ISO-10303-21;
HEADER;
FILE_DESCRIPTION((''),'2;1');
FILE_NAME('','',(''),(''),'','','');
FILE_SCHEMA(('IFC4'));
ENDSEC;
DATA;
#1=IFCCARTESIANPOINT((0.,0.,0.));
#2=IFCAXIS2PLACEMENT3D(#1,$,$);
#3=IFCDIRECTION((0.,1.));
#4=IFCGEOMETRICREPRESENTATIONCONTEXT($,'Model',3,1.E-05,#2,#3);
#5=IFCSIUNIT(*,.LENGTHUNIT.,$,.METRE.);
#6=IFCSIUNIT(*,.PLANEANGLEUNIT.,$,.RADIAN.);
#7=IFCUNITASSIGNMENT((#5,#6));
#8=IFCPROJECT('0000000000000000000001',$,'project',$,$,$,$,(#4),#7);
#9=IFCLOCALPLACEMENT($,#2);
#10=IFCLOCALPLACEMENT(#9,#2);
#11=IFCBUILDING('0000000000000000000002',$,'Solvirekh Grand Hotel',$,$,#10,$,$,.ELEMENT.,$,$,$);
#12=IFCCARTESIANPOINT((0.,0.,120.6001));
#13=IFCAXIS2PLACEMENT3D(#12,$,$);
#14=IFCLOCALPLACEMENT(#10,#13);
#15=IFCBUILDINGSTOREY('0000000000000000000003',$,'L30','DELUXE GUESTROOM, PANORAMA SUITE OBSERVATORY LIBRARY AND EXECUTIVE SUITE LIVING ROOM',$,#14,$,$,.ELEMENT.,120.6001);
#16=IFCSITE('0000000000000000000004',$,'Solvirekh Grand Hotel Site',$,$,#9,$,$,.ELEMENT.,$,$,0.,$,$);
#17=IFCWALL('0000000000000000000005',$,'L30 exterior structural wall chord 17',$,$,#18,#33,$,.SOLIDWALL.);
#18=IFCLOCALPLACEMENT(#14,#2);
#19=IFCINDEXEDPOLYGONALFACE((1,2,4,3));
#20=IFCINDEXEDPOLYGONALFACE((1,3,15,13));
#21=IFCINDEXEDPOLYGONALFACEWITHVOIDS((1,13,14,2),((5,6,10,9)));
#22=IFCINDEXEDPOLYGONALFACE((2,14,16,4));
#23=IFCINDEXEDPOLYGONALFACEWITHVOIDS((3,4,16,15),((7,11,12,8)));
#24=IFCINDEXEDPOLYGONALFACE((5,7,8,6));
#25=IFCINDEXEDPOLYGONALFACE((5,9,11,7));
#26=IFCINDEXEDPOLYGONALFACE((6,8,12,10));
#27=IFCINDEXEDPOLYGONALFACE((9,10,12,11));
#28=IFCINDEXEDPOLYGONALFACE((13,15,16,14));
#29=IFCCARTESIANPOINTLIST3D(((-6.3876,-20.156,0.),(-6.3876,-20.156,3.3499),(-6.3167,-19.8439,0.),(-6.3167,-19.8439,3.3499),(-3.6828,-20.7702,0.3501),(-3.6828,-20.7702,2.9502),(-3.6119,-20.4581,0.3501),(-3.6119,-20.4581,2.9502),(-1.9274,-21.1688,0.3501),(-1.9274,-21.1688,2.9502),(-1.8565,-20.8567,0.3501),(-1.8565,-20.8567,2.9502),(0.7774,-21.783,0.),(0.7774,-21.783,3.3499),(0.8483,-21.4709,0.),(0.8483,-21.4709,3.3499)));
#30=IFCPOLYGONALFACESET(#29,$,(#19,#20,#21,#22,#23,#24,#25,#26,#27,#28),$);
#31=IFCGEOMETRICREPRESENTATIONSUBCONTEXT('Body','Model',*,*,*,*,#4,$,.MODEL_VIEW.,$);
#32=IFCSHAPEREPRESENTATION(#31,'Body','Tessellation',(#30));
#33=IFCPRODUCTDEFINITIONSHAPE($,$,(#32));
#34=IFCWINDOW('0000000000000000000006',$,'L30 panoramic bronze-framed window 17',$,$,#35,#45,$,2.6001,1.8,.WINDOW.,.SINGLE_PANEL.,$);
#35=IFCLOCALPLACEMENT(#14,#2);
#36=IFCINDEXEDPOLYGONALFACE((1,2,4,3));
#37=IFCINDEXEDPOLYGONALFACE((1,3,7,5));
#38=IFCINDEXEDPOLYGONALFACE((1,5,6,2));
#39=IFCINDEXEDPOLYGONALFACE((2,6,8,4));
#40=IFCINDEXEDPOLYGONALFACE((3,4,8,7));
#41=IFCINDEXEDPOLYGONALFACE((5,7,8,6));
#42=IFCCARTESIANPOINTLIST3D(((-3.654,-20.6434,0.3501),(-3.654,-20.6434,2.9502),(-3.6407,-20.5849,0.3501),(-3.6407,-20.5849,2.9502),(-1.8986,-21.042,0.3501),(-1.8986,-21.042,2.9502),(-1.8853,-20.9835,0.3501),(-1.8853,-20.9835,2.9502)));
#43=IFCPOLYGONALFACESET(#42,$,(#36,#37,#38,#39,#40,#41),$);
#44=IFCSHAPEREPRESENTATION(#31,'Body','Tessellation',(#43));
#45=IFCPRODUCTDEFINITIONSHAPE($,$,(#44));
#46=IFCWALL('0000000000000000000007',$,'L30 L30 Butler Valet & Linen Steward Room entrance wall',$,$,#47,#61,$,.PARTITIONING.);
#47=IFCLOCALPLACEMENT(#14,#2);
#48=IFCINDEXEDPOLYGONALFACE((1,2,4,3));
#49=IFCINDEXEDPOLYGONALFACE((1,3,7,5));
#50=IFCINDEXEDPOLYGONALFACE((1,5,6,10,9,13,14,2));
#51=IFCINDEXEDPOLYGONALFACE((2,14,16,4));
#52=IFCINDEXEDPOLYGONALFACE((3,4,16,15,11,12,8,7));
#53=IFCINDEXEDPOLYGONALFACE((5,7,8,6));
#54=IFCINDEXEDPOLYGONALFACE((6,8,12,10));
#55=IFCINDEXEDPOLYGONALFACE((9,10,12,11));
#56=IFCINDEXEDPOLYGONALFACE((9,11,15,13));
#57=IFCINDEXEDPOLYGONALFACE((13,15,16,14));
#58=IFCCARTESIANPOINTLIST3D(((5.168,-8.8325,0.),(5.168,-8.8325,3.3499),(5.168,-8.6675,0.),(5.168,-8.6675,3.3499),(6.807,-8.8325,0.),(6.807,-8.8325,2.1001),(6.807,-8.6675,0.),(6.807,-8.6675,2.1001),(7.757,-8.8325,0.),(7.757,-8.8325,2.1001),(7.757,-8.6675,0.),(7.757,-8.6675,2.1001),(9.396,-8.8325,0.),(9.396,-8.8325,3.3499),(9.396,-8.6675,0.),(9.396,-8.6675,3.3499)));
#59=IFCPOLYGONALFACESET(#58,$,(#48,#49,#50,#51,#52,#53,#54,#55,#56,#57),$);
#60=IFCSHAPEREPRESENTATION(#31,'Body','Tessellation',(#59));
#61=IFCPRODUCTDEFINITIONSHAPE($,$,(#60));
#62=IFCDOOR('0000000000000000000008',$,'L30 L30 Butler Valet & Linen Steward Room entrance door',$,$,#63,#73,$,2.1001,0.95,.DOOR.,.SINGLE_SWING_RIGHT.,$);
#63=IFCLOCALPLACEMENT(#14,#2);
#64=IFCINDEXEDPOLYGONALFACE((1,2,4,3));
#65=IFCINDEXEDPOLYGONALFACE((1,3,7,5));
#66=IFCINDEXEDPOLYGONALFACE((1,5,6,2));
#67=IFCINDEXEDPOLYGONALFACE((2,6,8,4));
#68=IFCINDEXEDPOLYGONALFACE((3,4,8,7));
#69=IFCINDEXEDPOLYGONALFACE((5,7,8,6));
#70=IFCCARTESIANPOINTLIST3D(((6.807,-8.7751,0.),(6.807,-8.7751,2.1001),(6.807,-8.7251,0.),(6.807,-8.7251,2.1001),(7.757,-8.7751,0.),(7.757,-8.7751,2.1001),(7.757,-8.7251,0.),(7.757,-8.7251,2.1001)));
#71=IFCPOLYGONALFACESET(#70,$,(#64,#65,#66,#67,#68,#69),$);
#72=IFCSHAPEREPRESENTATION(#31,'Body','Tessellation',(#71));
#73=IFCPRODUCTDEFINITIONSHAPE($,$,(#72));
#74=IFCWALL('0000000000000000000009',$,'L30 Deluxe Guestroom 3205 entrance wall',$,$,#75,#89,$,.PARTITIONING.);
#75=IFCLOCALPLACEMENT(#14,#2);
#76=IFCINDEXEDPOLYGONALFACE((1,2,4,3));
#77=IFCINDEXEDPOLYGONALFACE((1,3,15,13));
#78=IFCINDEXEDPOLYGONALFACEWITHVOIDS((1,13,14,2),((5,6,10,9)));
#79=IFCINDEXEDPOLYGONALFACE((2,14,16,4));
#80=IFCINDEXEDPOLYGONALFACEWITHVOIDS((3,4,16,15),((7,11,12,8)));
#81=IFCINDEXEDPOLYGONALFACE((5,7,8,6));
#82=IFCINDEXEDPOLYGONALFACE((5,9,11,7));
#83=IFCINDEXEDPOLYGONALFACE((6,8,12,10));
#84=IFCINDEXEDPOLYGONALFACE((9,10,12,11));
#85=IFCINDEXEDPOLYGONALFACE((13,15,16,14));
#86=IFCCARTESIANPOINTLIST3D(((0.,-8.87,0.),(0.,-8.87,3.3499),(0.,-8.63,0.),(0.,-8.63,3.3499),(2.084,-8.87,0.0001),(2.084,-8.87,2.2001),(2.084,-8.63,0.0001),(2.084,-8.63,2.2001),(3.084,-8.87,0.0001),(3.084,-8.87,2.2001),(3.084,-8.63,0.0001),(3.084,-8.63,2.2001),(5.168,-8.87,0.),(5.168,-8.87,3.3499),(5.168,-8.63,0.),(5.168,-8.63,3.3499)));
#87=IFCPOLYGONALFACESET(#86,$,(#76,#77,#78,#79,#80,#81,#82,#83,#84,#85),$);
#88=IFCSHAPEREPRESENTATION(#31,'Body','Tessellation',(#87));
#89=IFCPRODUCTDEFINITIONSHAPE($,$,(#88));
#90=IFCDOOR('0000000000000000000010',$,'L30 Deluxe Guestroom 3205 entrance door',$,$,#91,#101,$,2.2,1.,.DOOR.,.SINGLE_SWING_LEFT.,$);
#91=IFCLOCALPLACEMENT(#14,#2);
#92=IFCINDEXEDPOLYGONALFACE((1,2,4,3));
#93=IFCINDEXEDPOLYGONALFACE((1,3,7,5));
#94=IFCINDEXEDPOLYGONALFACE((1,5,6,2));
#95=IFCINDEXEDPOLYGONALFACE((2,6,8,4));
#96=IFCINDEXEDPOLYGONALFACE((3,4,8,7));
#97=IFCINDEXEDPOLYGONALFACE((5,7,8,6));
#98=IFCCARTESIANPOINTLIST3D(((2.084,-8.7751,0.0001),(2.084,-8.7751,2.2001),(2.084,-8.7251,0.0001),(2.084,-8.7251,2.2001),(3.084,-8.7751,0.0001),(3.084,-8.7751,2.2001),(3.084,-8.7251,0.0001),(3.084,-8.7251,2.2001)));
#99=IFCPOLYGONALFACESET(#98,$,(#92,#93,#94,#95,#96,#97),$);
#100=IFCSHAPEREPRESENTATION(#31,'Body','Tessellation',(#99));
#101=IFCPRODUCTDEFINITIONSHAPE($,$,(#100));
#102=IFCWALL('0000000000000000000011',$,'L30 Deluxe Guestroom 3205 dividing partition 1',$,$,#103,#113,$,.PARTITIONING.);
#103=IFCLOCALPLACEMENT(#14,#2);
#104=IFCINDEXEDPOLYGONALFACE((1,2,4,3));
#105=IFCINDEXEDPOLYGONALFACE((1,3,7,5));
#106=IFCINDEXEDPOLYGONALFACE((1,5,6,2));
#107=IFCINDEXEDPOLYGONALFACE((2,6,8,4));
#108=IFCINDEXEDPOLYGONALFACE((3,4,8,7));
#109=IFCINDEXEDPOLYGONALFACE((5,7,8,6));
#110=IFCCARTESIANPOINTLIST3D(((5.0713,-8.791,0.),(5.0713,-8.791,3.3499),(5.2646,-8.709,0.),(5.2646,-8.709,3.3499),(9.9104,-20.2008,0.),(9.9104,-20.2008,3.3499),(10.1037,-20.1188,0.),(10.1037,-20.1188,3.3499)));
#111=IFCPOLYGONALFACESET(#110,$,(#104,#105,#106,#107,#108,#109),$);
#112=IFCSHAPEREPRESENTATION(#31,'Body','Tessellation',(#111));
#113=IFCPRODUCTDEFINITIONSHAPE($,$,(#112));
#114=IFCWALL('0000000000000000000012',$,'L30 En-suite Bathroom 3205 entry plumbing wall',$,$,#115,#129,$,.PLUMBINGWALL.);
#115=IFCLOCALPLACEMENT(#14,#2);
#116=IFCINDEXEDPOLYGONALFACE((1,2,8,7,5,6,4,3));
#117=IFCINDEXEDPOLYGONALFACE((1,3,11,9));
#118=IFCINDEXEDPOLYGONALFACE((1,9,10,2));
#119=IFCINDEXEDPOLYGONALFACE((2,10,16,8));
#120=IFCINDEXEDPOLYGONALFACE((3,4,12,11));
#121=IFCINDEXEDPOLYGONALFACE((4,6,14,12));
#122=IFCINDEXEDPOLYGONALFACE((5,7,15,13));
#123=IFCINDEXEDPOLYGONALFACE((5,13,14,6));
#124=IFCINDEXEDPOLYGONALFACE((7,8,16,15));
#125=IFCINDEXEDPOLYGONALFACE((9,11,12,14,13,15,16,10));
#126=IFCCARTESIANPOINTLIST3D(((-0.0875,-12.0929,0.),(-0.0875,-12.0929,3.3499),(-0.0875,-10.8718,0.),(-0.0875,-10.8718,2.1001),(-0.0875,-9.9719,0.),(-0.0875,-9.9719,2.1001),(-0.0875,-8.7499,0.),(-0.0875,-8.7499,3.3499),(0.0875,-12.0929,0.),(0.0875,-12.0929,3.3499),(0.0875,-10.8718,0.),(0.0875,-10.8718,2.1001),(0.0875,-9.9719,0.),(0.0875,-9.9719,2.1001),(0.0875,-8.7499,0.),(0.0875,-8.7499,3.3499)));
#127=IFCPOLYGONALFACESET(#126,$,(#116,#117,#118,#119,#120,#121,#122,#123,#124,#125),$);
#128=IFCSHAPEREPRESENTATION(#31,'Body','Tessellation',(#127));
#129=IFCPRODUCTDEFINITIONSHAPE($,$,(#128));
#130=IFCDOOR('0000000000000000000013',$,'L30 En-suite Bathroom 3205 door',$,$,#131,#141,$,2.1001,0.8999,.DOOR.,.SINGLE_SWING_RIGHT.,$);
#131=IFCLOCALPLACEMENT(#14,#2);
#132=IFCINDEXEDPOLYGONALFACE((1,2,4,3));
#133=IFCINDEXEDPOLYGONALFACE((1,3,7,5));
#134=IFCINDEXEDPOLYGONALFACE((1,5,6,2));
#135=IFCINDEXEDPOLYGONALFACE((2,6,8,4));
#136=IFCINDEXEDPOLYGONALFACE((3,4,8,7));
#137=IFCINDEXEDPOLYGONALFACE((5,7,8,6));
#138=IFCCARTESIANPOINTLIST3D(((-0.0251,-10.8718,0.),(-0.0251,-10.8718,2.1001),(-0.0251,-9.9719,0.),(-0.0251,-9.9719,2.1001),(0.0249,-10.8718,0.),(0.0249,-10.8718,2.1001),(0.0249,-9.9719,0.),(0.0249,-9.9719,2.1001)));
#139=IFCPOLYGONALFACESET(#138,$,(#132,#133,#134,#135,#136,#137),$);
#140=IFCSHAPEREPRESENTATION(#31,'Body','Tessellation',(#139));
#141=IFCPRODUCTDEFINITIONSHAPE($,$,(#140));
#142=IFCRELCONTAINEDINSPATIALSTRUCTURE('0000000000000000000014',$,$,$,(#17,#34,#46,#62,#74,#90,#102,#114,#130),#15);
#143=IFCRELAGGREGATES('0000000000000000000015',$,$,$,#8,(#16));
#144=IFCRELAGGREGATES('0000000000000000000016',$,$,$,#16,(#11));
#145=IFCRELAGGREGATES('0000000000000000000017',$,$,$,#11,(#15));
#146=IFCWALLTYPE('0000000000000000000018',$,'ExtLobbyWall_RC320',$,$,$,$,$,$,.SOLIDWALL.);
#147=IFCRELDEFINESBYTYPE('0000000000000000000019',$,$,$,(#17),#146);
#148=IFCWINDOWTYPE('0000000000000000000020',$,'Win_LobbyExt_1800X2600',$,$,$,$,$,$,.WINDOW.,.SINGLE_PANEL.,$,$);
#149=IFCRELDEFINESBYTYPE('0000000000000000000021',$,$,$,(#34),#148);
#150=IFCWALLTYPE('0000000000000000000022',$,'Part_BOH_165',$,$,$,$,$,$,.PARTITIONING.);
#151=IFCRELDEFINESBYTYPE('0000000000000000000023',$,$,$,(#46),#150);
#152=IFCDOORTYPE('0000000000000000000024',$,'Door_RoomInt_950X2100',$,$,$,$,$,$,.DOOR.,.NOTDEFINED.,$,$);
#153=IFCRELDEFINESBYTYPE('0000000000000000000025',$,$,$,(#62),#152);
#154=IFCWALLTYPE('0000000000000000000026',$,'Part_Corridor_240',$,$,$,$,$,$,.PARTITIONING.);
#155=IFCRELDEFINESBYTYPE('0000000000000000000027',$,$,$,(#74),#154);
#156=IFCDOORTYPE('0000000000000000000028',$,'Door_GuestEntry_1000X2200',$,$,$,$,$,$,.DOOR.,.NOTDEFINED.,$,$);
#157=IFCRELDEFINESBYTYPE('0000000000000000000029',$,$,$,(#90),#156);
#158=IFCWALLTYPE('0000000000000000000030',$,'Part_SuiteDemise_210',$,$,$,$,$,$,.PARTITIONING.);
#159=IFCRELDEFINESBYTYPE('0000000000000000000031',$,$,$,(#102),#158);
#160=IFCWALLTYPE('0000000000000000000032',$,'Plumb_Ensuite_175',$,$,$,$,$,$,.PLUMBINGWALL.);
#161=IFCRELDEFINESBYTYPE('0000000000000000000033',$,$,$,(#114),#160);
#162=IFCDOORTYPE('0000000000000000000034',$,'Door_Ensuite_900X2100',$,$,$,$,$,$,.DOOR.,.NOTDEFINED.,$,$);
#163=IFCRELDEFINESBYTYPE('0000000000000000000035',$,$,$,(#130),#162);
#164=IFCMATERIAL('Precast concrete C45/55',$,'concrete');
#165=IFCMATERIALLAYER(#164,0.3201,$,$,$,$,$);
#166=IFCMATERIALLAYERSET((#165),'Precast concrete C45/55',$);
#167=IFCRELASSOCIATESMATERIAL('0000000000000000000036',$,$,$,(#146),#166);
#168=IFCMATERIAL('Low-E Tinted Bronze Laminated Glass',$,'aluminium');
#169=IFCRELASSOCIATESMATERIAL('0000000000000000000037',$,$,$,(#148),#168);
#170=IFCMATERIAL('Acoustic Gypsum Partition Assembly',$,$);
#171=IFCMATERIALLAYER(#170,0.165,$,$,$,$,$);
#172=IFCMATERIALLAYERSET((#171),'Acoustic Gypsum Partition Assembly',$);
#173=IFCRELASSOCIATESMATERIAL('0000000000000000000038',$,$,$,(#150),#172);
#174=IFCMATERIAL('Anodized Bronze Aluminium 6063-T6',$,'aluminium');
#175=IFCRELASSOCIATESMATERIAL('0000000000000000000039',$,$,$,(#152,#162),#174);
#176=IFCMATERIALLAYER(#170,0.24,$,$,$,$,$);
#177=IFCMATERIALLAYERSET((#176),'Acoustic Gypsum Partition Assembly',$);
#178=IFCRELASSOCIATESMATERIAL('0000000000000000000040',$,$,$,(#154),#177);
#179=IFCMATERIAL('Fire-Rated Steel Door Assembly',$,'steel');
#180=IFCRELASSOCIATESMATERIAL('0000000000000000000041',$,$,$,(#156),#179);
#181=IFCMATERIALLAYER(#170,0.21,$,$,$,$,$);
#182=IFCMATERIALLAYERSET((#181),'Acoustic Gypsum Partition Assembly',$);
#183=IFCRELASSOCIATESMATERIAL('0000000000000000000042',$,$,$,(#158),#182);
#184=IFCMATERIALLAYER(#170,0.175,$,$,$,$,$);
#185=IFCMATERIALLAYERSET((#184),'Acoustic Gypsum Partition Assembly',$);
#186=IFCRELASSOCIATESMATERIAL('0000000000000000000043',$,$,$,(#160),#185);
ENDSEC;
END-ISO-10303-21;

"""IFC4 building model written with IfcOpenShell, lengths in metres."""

from ifc_helpers import new_model, si_unit, direction, frame, frame_2d, origin, place, context, subcontext, project, spatial, rectangle, extrude, material, layer, layer_set, type_object, element, fill, save


model = new_model("IFC4")

# Units and contexts
model_context = context("Model", 3, precision=1e-05, world=origin(), true_north=direction((0.0, 1.0)))
body_context = subcontext(model_context, "Body", "Model", "MODEL_VIEW")
ifc_project = project(units=[si_unit("LENGTHUNIT", "METRE"), si_unit("PLANEANGLEUNIT", "RADIAN")], contexts=[model_context])

# Site, building, storey
site_placement = place(None, origin())
site = spatial("IfcSite", under=ifc_project, at=site_placement, Name="Solvirekh Grand Hotel Site", CompositionType="ELEMENT", RefElevation=0.0)
building_placement = place(site_placement, origin())
building = spatial("IfcBuilding", under=site, at=building_placement, Name="Solvirekh Grand Hotel", CompositionType="ELEMENT")
storey_placement = place(building_placement, frame((0.0, 0.0, 120.6001)))
storey = spatial("IfcBuildingStorey", under=building, at=storey_placement, Name="L30", Description="DELUXE GUESTROOM, PANORAMA SUITE OBSERVATORY LIBRARY AND EXECUTIVE SUITE LIVING ROOM", CompositionType="ELEMENT", Elevation=120.6001)

# Shared definitions
ifc_material_1 = material(Name="Anodized Bronze Aluminium 6063-T6", Category="aluminium")
ifc_material_2 = material(Name="Low-E Tinted Bronze Laminated Glass", Category="aluminium")

# Wall, opening, window
ifc_material_3 = material(Name="Precast concrete C45/55", Category="concrete")
ifc_layer_1 = layer(ifc_material_3, 0.3201)
ifc_layer_set_1 = layer_set([ifc_layer_1], Name="Precast concrete C45/55")
wall_type_1 = type_object("IfcWallType", Name="ExtLobbyWall_RC320", PredefinedType="SOLIDWALL", material=ifc_layer_set_1)
wall_1_placement = place(storey_placement, frame((0.813, -21.627, 0.0), z_axis=(0.0, 0.0, 1.0), x_axis=(-0.975176, 0.221432, 0.0)))
wall_1 = element("IfcWall", 1, at=wall_1_placement, inside=storey, type_object=wall_type_1, Name="L30 exterior structural wall chord 17", PredefinedType="SOLIDWALL", context=body_context, shape_type="SweptSolid", body=[
    extrude(rectangle(XDim=7.3474, YDim=0.3201, at=frame_2d((3.6738, 0.0))), origin(), (0.0, 0.0, 1.0), 3.3499),
])
opening_1_placement = place(wall_1_placement, frame((2.7739, 0.0, 0.3501)))
opening_1 = element("IfcOpeningElement", 2, at=opening_1_placement, cuts=wall_1, PredefinedType="OPENING", context=body_context, shape_type="SweptSolid", body=[
    extrude(rectangle(XDim=1.8, YDim=2.6001, at=frame_2d((0.8999, 1.3))), frame((0.0, 0.1699, 0.0), z_axis=(0.0, -1.0, 0.0), x_axis=(1.0, 0.0, 0.0)), (0.0, 0.0, 1.0), 0.3401),
])
window_type = type_object("IfcWindowType", Name="Win_LobbyExt_1800X2600", PartitioningType="SINGLE_PANEL", PredefinedType="WINDOW", material=ifc_material_2)
window_placement = place(opening_1_placement, origin())
window = element("IfcWindow", 3, at=window_placement, inside=storey, type_object=window_type, Name="L30 panoramic bronze-framed window 17", OverallHeight=2.6001, OverallWidth=1.8, PartitioningType="SINGLE_PANEL", PredefinedType="WINDOW", context=body_context, shape_type="SweptSolid", body=[
    extrude(rectangle(XDim=1.8, YDim=2.6001, at=frame_2d((0.8999, 1.3))), frame((0.0, 0.03, 0.0), z_axis=(0.0, -1.0, 0.0), x_axis=(1.0, 0.0, 0.0)), (0.0, 0.0, 1.0), 0.0601),
])
fill(opening_1, window)

# Walls, openings, doors
ifc_material_4 = material(Name="Acoustic Gypsum Partition Assembly")
ifc_layer_2 = layer(ifc_material_4, 0.165)
ifc_layer_set_2 = layer_set([ifc_layer_2], Name="Acoustic Gypsum Partition Assembly")
wall_type_2 = type_object("IfcWallType", Name="Part_BOH_165", PredefinedType="PARTITIONING", material=ifc_layer_set_2)
wall_2_placement = place(storey_placement, frame((5.168, -8.75, 0.0), z_axis=(0.0, 0.0, 1.0), x_axis=(1.0, 0.0, 0.0)))
wall_2 = element("IfcWall", 4, at=wall_2_placement, inside=storey, type_object=wall_type_2, Name="L30 L30 Butler Valet & Linen Steward Room entrance wall", PredefinedType="PARTITIONING", context=body_context, shape_type="SweptSolid", body=[
    extrude(rectangle(XDim=4.228, YDim=0.165, at=frame_2d((2.114, 0.0))), origin(), (0.0, 0.0, 1.0), 3.3499),
])
opening_2_placement = place(wall_2_placement, frame((1.6389, 0.0, 0.0)))
opening_2 = element("IfcOpeningElement", 5, at=opening_2_placement, cuts=wall_2, PredefinedType="OPENING", context=body_context, shape_type="SweptSolid", body=[
    extrude(rectangle(XDim=0.95, YDim=2.1001, at=frame_2d((0.4751, 1.05))), frame((0.0, 0.0925, 0.0), z_axis=(0.0, -1.0, 0.0), x_axis=(1.0, 0.0, 0.0)), (0.0, 0.0, 1.0), 0.1851),
])
door_type_1 = type_object("IfcDoorType", Name="Door_RoomInt_950X2100", OperationType="NOTDEFINED", PredefinedType="DOOR", material=ifc_material_1)
door_1_placement = place(opening_2_placement, origin())
door_1 = element("IfcDoor", 6, at=door_1_placement, inside=storey, type_object=door_type_1, Name="L30 L30 Butler Valet & Linen Steward Room entrance door", OperationType="SINGLE_SWING_RIGHT", OverallHeight=2.1001, OverallWidth=0.95, PredefinedType="DOOR", context=body_context, shape_type="SweptSolid", body=[
    extrude(rectangle(XDim=0.95, YDim=2.1001, at=frame_2d((0.4751, 1.05))), frame((0.0, 0.0249, 0.0), z_axis=(0.0, -1.0, 0.0), x_axis=(1.0, 0.0, 0.0)), (0.0, 0.0, 1.0), 0.05),
])
fill(opening_2, door_1)
ifc_layer_3 = layer(ifc_material_4, 0.24)
ifc_layer_set_3 = layer_set([ifc_layer_3], Name="Acoustic Gypsum Partition Assembly")
wall_type_3 = type_object("IfcWallType", Name="Part_Corridor_240", PredefinedType="PARTITIONING", material=ifc_layer_set_3)
wall_3_placement = place(storey_placement, frame((0.0, -8.75, 0.0), z_axis=(0.0, 0.0, 1.0), x_axis=(1.0, 0.0, 0.0)))
wall_3 = element("IfcWall", 7, at=wall_3_placement, inside=storey, type_object=wall_type_3, Name="L30 Deluxe Guestroom 3205 entrance wall", PredefinedType="PARTITIONING", context=body_context, shape_type="SweptSolid", body=[
    extrude(rectangle(XDim=5.168, YDim=0.24, at=frame_2d((2.584, 0.0))), origin(), (0.0, 0.0, 1.0), 3.3499),
])
opening_3_placement = place(wall_3_placement, frame((2.084, 0.0, 0.0)))
opening_3 = element("IfcOpeningElement", 8, at=opening_3_placement, cuts=wall_3, PredefinedType="OPENING", context=body_context, shape_type="SweptSolid", body=[
    extrude(rectangle(XDim=1.0, YDim=2.2, at=frame_2d((0.5, 1.1001))), frame((0.0, 0.1299, 0.0), z_axis=(0.0, -1.0, 0.0), x_axis=(1.0, 0.0, 0.0)), (0.0, 0.0, 1.0), 0.26),
])
ifc_material_5 = material(Name="Fire-Rated Steel Door Assembly", Category="steel")
door_type_2 = type_object("IfcDoorType", Name="Door_GuestEntry_1000X2200", OperationType="NOTDEFINED", PredefinedType="DOOR", material=ifc_material_5)
door_2_placement = place(opening_3_placement, origin())
door_2 = element("IfcDoor", 9, at=door_2_placement, inside=storey, type_object=door_type_2, Name="L30 Deluxe Guestroom 3205 entrance door", OperationType="SINGLE_SWING_LEFT", OverallHeight=2.2, OverallWidth=1.0, PredefinedType="DOOR", context=body_context, shape_type="SweptSolid", body=[
    extrude(rectangle(XDim=1.0, YDim=2.2, at=frame_2d((0.5, 1.1001))), frame((0.0, 0.0249, 0.0), z_axis=(0.0, -1.0, 0.0), x_axis=(1.0, 0.0, 0.0)), (0.0, 0.0, 1.0), 0.05),
])
fill(opening_3, door_2)

# Wall
ifc_layer_4 = layer(ifc_material_4, 0.21)
ifc_layer_set_4 = layer_set([ifc_layer_4], Name="Acoustic Gypsum Partition Assembly")
wall_type_4 = type_object("IfcWallType", Name="Part_SuiteDemise_210", PredefinedType="PARTITIONING", material=ifc_layer_set_4)
wall_4_placement = place(storey_placement, frame((5.168, -8.75, 0.0), z_axis=(0.0, 0.0, 1.0), x_axis=(0.39045, -0.920624, 0.0)))
element("IfcWall", 10, at=wall_4_placement, inside=storey, type_object=wall_type_4, Name="L30 Deluxe Guestroom 3205 dividing partition 1", PredefinedType="PARTITIONING", context=body_context, shape_type="SweptSolid", body=[
    extrude(rectangle(XDim=12.3936, YDim=0.21, at=frame_2d((6.1968, 0.0))), origin(), (0.0, 0.0, 1.0), 3.3499),
])

# Wall, opening, door
ifc_layer_5 = layer(ifc_material_4, 0.175)
ifc_layer_set_5 = layer_set([ifc_layer_5], Name="Acoustic Gypsum Partition Assembly")
wall_type_5 = type_object("IfcWallType", Name="Plumb_Ensuite_175", PredefinedType="PLUMBINGWALL", material=ifc_layer_set_5)
wall_5_placement = place(storey_placement, frame((0.0, -8.75, 0.0), z_axis=(0.0, 0.0, 1.0), x_axis=(0.0, -1.0, 0.0)))
wall_5 = element("IfcWall", 11, at=wall_5_placement, inside=storey, type_object=wall_type_5, Name="L30 En-suite Bathroom 3205 entry plumbing wall", PredefinedType="PLUMBINGWALL", context=body_context, shape_type="SweptSolid", body=[
    extrude(rectangle(XDim=3.343, YDim=0.175, at=frame_2d((1.6714, 0.0))), origin(), (0.0, 0.0, 1.0), 3.3499),
])
opening_4_placement = place(wall_5_placement, frame((1.2219, 0.0, 0.0)))
opening_4 = element("IfcOpeningElement", 12, at=opening_4_placement, cuts=wall_5, PredefinedType="OPENING", context=body_context, shape_type="SweptSolid", body=[
    extrude(rectangle(XDim=0.8999, YDim=2.1001, at=frame_2d((0.45, 1.05))), frame((0.0, 0.0977, 0.0), z_axis=(0.0, -1.0, 0.0), x_axis=(1.0, 0.0, 0.0)), (0.0, 0.0, 1.0), 0.1951),
])
door_type_3 = type_object("IfcDoorType", Name="Door_Ensuite_900X2100", OperationType="NOTDEFINED", PredefinedType="DOOR", material=ifc_material_1)
door_3_placement = place(opening_4_placement, origin())
door_3 = element("IfcDoor", 13, at=door_3_placement, inside=storey, type_object=door_type_3, Name="L30 En-suite Bathroom 3205 door", OperationType="SINGLE_SWING_RIGHT", OverallHeight=2.1001, OverallWidth=0.8999, PredefinedType="DOOR", context=body_context, shape_type="SweptSolid", body=[
    extrude(rectangle(XDim=0.8999, YDim=2.1001, at=frame_2d((0.45, 1.05))), frame((0.0, 0.0249, 0.0), z_axis=(0.0, -1.0, 0.0), x_axis=(1.0, 0.0, 0.0)), (0.0, 0.0, 1.0), 0.05),
])
fill(opening_4, door_3)

save(model, "model.ifc")
